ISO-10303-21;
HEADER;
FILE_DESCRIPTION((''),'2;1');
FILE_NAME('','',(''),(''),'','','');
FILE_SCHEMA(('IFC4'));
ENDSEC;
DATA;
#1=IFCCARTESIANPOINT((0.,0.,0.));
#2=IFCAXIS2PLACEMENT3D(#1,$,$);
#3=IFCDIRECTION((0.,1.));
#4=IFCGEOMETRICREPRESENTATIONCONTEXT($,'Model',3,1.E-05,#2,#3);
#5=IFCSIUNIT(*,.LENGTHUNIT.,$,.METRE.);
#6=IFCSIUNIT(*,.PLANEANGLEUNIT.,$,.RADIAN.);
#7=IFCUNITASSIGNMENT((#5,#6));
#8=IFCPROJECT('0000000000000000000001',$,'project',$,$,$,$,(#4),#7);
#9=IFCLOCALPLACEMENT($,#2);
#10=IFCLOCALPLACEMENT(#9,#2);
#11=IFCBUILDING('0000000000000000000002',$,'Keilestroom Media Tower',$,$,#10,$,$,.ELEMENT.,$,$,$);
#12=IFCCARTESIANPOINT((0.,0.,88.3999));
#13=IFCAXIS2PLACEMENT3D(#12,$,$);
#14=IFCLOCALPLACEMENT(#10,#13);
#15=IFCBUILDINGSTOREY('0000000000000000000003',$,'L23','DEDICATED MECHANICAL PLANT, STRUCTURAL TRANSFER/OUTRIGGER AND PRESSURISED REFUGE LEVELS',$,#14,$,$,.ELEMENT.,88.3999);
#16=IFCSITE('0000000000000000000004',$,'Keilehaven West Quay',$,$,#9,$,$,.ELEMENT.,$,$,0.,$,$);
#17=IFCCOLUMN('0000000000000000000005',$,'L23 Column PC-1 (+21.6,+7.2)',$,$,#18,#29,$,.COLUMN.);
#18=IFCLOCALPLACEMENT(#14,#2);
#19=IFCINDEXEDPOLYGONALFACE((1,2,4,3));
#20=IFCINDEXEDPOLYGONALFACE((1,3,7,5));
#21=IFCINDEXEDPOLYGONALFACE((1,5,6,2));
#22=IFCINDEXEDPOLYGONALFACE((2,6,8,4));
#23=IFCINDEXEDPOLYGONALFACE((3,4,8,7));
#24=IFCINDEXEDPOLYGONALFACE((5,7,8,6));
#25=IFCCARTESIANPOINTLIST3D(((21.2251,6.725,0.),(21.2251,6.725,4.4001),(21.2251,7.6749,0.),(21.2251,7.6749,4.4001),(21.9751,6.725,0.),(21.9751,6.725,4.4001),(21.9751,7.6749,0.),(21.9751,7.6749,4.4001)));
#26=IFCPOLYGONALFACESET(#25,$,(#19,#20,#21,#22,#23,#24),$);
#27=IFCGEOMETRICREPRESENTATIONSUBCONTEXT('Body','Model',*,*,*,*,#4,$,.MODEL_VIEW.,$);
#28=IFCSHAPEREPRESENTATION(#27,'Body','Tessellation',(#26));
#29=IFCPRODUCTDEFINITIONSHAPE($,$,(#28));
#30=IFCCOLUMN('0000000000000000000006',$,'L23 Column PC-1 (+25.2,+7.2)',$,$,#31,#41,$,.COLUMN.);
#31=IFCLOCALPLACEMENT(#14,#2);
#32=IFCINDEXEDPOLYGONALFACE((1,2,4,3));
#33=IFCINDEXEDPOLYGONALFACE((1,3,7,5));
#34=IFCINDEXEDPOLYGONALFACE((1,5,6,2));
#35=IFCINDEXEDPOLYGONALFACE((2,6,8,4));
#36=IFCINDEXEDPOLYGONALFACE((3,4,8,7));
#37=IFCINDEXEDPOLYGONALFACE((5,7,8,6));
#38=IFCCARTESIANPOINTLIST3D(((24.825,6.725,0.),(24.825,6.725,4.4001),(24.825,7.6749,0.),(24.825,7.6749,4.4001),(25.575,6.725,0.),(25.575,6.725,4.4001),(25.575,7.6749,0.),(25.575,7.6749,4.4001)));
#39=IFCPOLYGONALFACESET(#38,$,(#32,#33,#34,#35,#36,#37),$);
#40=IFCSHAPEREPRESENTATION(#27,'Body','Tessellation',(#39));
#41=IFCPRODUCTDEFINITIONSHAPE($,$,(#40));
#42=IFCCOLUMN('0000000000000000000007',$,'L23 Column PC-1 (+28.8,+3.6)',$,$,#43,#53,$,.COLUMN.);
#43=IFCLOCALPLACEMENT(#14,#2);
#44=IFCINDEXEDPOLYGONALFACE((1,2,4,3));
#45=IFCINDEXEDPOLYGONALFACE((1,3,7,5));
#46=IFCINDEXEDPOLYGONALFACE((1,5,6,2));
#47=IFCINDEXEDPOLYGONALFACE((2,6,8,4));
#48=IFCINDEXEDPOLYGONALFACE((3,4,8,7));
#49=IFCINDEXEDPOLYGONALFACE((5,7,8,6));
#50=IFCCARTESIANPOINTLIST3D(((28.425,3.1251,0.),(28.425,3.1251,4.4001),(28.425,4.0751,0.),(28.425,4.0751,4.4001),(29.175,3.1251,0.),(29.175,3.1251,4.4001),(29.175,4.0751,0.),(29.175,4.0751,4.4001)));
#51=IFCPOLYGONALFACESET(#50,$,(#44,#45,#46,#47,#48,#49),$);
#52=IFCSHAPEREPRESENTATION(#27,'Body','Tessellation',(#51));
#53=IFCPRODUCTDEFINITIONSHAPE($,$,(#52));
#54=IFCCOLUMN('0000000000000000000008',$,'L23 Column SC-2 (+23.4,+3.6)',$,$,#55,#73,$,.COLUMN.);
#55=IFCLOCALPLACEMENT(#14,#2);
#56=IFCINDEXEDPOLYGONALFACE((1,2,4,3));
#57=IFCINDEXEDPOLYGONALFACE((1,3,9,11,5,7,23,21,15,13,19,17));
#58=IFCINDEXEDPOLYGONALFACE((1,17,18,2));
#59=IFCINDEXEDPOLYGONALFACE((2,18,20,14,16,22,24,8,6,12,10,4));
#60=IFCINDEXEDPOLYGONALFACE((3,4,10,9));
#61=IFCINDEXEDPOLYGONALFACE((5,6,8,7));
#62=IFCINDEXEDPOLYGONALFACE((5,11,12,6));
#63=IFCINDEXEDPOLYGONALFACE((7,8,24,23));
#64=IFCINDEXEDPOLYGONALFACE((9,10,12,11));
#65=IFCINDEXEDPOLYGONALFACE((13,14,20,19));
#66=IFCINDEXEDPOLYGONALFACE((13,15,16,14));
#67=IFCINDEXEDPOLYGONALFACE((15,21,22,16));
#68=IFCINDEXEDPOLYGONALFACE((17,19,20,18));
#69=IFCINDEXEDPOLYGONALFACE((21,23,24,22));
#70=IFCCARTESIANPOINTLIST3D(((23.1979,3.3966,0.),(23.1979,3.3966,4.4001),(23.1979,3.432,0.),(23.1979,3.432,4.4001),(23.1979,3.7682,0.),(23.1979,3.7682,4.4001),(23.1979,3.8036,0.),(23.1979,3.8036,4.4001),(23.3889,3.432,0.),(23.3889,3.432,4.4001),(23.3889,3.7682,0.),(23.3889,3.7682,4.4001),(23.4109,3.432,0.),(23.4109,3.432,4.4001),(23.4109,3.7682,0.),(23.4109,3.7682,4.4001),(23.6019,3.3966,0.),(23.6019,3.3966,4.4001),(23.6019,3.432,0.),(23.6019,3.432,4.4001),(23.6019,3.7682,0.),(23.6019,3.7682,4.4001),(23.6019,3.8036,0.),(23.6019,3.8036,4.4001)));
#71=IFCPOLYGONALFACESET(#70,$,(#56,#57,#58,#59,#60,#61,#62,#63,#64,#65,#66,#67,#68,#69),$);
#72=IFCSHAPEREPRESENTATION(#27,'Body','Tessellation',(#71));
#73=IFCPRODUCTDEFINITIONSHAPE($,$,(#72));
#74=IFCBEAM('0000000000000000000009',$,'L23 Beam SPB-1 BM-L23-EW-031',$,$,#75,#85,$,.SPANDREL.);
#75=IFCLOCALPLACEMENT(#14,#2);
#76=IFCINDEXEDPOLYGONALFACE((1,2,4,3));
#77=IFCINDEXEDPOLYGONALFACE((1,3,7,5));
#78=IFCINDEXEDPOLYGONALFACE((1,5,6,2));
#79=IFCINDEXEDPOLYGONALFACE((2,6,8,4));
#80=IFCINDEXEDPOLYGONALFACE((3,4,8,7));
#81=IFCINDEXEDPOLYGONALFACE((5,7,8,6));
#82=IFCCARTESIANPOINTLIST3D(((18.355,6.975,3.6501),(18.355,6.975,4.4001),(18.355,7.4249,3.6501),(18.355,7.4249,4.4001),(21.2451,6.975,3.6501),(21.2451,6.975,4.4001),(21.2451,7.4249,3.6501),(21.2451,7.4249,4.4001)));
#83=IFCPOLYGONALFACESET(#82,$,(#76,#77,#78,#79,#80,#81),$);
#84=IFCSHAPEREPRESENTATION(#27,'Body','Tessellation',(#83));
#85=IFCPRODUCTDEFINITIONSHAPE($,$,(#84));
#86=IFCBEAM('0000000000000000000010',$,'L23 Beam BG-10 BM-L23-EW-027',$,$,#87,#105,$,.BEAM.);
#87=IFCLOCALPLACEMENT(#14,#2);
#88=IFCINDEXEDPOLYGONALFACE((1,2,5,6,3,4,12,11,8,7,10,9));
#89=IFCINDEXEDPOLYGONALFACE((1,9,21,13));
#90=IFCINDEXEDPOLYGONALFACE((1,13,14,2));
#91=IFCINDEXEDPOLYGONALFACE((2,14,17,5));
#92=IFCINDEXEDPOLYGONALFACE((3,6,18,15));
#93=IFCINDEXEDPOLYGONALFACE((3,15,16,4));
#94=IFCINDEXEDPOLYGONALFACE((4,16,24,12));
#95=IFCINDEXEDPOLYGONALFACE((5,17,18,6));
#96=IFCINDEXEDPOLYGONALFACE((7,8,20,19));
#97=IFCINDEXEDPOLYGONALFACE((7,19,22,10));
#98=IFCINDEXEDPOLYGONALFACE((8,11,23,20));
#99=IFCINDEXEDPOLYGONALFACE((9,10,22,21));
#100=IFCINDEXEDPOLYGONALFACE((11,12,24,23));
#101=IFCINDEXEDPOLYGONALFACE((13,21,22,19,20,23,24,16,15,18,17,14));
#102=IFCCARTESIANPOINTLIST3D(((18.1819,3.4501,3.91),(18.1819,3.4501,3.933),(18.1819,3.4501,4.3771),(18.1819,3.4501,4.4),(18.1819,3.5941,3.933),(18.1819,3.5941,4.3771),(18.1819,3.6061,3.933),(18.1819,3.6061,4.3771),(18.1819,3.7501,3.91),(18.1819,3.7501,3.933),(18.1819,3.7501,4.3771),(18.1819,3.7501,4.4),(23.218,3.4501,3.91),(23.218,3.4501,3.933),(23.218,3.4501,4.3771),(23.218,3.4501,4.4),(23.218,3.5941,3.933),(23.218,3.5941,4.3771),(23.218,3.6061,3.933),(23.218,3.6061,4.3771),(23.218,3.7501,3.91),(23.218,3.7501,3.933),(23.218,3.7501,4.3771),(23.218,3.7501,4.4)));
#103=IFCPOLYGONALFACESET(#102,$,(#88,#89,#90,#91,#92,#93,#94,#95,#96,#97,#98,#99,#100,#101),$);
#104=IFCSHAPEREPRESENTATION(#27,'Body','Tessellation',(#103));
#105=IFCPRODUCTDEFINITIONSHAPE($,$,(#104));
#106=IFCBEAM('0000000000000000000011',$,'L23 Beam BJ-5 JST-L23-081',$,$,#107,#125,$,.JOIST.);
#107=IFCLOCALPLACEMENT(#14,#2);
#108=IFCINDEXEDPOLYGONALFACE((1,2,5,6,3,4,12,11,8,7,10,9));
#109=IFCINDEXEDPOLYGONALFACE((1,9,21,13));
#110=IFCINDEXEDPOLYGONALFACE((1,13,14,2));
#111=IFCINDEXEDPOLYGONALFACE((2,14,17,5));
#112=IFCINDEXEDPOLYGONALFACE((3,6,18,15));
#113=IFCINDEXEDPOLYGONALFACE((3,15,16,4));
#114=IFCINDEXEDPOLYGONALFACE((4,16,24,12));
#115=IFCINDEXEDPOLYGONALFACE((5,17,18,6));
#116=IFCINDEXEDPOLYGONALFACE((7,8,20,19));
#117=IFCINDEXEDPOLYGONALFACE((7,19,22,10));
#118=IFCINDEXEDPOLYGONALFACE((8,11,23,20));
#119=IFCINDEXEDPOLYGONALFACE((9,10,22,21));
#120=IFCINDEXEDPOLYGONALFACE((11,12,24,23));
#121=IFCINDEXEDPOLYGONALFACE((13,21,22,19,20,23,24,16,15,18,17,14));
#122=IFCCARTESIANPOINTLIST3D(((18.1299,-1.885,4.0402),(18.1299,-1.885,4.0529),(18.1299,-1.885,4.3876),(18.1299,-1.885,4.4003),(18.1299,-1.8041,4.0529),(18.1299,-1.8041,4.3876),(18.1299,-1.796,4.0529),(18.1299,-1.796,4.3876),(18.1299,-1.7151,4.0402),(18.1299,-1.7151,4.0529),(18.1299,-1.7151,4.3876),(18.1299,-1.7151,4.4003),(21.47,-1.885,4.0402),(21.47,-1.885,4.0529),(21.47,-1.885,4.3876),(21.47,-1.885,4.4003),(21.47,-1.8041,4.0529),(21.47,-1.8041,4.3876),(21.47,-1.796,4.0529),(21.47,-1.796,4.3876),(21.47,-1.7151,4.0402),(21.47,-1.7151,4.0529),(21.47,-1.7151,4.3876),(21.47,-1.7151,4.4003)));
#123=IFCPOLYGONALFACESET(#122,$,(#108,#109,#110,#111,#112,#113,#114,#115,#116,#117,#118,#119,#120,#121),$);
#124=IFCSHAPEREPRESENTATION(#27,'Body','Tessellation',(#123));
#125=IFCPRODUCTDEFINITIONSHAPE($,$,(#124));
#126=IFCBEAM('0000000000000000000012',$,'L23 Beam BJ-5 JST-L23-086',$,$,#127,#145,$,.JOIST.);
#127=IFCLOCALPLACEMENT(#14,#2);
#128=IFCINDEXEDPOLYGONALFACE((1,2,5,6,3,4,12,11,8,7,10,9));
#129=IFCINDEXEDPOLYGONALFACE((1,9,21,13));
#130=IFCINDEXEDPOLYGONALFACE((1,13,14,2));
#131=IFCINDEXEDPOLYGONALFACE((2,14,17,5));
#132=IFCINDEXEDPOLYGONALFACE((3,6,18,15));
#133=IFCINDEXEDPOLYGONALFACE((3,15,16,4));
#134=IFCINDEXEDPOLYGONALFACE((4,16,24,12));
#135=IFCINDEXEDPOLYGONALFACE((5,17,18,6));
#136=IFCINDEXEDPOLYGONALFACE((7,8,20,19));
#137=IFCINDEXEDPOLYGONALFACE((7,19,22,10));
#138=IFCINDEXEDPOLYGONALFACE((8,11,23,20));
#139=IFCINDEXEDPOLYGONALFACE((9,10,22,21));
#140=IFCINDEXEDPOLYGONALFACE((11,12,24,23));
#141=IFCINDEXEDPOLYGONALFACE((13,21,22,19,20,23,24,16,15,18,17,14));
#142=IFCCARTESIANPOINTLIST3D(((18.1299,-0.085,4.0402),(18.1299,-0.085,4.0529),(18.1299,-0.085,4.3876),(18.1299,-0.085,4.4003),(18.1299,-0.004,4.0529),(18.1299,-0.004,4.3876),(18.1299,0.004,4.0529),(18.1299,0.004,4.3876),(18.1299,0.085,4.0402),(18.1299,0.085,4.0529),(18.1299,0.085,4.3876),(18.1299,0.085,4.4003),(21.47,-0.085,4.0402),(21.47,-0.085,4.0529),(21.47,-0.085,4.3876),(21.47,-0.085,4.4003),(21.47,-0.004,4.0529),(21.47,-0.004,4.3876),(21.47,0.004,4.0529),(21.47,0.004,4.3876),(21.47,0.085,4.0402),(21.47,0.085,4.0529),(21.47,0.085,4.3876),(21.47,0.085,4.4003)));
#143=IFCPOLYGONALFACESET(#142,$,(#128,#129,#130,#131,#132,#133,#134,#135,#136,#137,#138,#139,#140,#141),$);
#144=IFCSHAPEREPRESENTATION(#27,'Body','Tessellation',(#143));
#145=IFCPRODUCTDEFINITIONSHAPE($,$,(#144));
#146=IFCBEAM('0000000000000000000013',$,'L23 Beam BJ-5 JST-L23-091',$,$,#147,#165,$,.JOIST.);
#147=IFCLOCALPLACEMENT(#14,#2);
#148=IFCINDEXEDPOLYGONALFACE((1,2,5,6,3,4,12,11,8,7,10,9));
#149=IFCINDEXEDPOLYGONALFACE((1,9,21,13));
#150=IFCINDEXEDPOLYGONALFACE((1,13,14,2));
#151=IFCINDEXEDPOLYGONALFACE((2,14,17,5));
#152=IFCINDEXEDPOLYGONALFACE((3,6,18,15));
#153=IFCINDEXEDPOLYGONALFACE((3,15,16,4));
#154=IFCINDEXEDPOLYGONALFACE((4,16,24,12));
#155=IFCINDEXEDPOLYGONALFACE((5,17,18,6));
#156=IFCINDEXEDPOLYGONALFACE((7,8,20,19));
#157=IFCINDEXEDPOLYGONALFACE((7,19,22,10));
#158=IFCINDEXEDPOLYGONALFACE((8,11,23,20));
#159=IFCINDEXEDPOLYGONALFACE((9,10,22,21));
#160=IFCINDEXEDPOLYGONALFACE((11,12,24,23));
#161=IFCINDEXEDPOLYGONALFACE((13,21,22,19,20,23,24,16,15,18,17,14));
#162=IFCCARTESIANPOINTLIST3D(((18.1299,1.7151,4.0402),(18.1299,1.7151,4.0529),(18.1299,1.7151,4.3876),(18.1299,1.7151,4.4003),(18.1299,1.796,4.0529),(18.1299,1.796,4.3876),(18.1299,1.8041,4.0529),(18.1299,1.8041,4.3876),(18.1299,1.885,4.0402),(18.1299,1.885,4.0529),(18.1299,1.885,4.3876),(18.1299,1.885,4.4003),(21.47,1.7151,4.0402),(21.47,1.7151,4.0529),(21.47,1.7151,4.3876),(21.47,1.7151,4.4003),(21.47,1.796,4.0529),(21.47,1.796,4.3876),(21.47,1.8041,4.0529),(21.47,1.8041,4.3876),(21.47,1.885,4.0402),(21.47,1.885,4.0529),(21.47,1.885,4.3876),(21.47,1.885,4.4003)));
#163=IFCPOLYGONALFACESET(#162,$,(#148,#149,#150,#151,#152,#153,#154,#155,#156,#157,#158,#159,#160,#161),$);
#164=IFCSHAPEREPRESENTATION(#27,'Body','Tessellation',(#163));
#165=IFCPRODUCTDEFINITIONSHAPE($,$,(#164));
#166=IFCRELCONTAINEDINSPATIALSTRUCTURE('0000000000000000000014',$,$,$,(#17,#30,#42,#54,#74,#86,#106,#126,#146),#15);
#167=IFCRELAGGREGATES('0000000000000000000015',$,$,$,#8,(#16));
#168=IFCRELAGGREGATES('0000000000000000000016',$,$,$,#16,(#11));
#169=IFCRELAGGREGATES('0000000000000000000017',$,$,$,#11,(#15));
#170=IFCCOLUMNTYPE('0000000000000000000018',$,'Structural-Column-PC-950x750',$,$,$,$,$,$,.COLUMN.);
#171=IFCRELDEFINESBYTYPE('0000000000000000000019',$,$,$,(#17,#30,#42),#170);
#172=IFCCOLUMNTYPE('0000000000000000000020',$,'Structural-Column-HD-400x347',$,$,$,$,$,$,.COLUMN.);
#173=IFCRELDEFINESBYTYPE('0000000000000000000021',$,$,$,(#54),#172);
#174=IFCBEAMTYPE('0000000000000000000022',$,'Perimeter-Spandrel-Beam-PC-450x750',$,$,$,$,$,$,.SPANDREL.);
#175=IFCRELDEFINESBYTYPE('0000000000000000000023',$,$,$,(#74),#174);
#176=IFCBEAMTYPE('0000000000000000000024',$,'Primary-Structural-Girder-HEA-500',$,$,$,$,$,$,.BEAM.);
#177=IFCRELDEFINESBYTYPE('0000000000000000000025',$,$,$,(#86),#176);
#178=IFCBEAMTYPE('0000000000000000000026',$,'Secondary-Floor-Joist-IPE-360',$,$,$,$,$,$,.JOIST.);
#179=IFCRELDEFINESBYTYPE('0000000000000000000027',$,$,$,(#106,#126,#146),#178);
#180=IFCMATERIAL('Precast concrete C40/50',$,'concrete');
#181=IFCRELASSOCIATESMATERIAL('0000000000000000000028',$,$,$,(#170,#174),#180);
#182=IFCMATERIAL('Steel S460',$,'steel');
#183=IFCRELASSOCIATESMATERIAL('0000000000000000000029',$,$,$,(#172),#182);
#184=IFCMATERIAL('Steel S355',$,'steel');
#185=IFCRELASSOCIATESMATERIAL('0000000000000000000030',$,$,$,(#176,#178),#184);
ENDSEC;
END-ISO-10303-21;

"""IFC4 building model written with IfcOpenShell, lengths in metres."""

from ifc_helpers import new_model, si_unit, direction, frame, origin, origin_2d, place, context, subcontext, project, spatial, rectangle, i_section, extrude, source, transform, mapped, material, material_profile, profile_set, type_object, element, save


model = new_model("IFC4")

# Units and contexts
model_context = context("Model", 3, precision=1e-05, world=origin(), true_north=direction((0.0, 1.0)))
body_context = subcontext(model_context, "Body", "Model", "MODEL_VIEW")
ifc_project = project(units=[si_unit("LENGTHUNIT", "METRE"), si_unit("PLANEANGLEUNIT", "RADIAN")], contexts=[model_context])

# Site, building, storey
site_placement = place(None, origin())
site = spatial("IfcSite", under=ifc_project, at=site_placement, Name="Keilehaven West Quay", CompositionType="ELEMENT", RefElevation=0.0)
building_placement = place(site_placement, origin())
building = spatial("IfcBuilding", under=site, at=building_placement, Name="Keilestroom Media Tower", CompositionType="ELEMENT")
storey_placement = place(building_placement, frame((0.0, 0.0, 88.3999)))
storey = spatial("IfcBuildingStorey", under=building, at=storey_placement, Name="L23", Description="DEDICATED MECHANICAL PLANT, STRUCTURAL TRANSFER/OUTRIGGER AND PRESSURISED REFUGE LEVELS", CompositionType="ELEMENT", Elevation=88.3999)

# Columns
ifc_material_1 = material(Name="Precast concrete C40/50", Category="concrete")
ifc_material_profile_1 = material_profile(ifc_material_1, rectangle(XDim=0.75, YDim=0.95, at=origin_2d()), Name="PC 950x750")
ifc_profile_set_1 = profile_set([ifc_material_profile_1], Name="Precast concrete C40/50")
column_type_1 = type_object("IfcColumnType", Name="Structural-Column-PC-950x750", PredefinedType="COLUMN", material=ifc_profile_set_1)
shared_shape_1 = source(origin(), body_context, "Body", "SweptSolid", [
    extrude(rectangle(XDim=0.75, YDim=0.95, at=origin_2d()), origin(), (0.0, 0.0, 1.0), 4.4001),
])
for number, where, z_axis, x_axis, name in (
    (1, (21.6001, 7.2, 0.0), (0.0, 0.0, 1.0), (1.0, 0.0, 0.0), "L23 Column PC-1 (+21.6,+7.2)"),
    (2, (25.2, 7.2, 0.0), (0.0, 0.0, 1.0), (1.0, 0.0, 0.0), "L23 Column PC-1 (+25.2,+7.2)"),
    (3, (28.8, 3.6001, 0.0), (0.0, 0.0, 1.0), (1.0, 0.0, 0.0), "L23 Column PC-1 (+28.8,+3.6)"),
):
    element("IfcColumn", number, at=place(storey_placement, frame(where, z_axis=z_axis, x_axis=x_axis)), inside=storey, type_object=column_type_1, Name=name, PredefinedType="COLUMN", context=body_context, shape_type="MappedRepresentation", body=[
        mapped(shared_shape_1, transform((0.0, 0.0, 0.0), x_axis=(1.0, 0.0, 0.0), y_axis=(0.0, 1.0, 0.0), z_axis=(0.0, 0.0, 1.0), scale=1.0)),
    ])
ifc_material_2 = material(Name="Steel S460", Category="steel")
ifc_material_profile_2 = material_profile(ifc_material_2, i_section(OverallWidth=0.4041, OverallDepth=0.407, WebThickness=0.022, FlangeThickness=0.0354, at=origin_2d()), Name="HD 400x347")
ifc_profile_set_2 = profile_set([ifc_material_profile_2], Name="Steel S460")
column_type_2 = type_object("IfcColumnType", Name="Structural-Column-HD-400x347", PredefinedType="COLUMN", material=ifc_profile_set_2)
shared_shape_2 = source(origin(), body_context, "Body", "SweptSolid", [
    extrude(i_section(OverallWidth=0.4041, OverallDepth=0.407, WebThickness=0.022, FlangeThickness=0.0354, at=origin_2d()), origin(), (0.0, 0.0, 1.0), 4.4001),
])
column_placement = place(storey_placement, frame((23.3999, 3.6001, 0.0), z_axis=(0.0, 0.0, 1.0), x_axis=(1.0, 0.0, 0.0)))
element("IfcColumn", 4, at=column_placement, inside=storey, type_object=column_type_2, Name="L23 Column SC-2 (+23.4,+3.6)", PredefinedType="COLUMN", context=body_context, shape_type="MappedRepresentation", body=[
    mapped(shared_shape_2, transform((0.0, 0.0, 0.0), x_axis=(1.0, 0.0, 0.0), y_axis=(0.0, 1.0, 0.0), z_axis=(0.0, 0.0, 1.0), scale=1.0)),
])

# Beams
ifc_material_profile_3 = material_profile(ifc_material_1, rectangle(XDim=0.45, YDim=0.75, at=origin_2d()), Name="PC 450x750")
ifc_profile_set_3 = profile_set([ifc_material_profile_3], Name="Precast concrete C40/50")
beam_type_1 = type_object("IfcBeamType", Name="Perimeter-Spandrel-Beam-PC-450x750", PredefinedType="SPANDREL", material=ifc_profile_set_3)
shared_shape_3 = source(origin(), body_context, "Body", "SweptSolid", [
    extrude(rectangle(XDim=0.45, YDim=0.75, at=origin_2d()), origin(), (0.0, 0.0, 1.0), 2.8901),
])
beam_1_placement = place(storey_placement, frame((18.355, 7.2, 4.0251), z_axis=(1.0, 0.0, 0.0), x_axis=(0.0, 1.0, 0.0)))
element("IfcBeam", 5, at=beam_1_placement, inside=storey, type_object=beam_type_1, Name="L23 Beam SPB-1 BM-L23-EW-031", PredefinedType="SPANDREL", context=body_context, shape_type="MappedRepresentation", body=[
    mapped(shared_shape_3, transform((0.0, 0.0, 0.0), x_axis=(1.0, 0.0, 0.0), y_axis=(0.0, 1.0, 0.0), z_axis=(0.0, 0.0, 1.0), scale=1.0)),
])
ifc_material_3 = material(Name="Steel S355", Category="steel")
ifc_material_profile_4 = material_profile(ifc_material_3, i_section(OverallWidth=0.3, OverallDepth=0.49, WebThickness=0.012, FlangeThickness=0.0229, at=origin_2d()), Name="HEA 500")
ifc_profile_set_4 = profile_set([ifc_material_profile_4], Name="Steel S355")
beam_type_2 = type_object("IfcBeamType", Name="Primary-Structural-Girder-HEA-500", PredefinedType="BEAM", material=ifc_profile_set_4)
shared_shape_4 = source(origin(), body_context, "Body", "SweptSolid", [
    extrude(i_section(OverallWidth=0.3, OverallDepth=0.49, WebThickness=0.012, FlangeThickness=0.0229, at=origin_2d()), origin(), (0.0, 0.0, 1.0), 5.0361),
])
beam_2_placement = place(storey_placement, frame((18.1819, 3.6001, 4.155), z_axis=(1.0, 0.0, 0.0), x_axis=(0.0, 1.0, 0.0)))
element("IfcBeam", 6, at=beam_2_placement, inside=storey, type_object=beam_type_2, Name="L23 Beam BG-10 BM-L23-EW-027", PredefinedType="BEAM", context=body_context, shape_type="MappedRepresentation", body=[
    mapped(shared_shape_4, transform((0.0, 0.0, 0.0), x_axis=(1.0, 0.0, 0.0), y_axis=(0.0, 1.0, 0.0), z_axis=(0.0, 0.0, 1.0), scale=1.0)),
])
ifc_material_profile_5 = material_profile(ifc_material_3, i_section(OverallWidth=0.1699, OverallDepth=0.3601, WebThickness=0.0081, FlangeThickness=0.0127, at=origin_2d()), Name="IPE 360")
ifc_profile_set_5 = profile_set([ifc_material_profile_5], Name="Steel S355")
beam_type_3 = type_object("IfcBeamType", Name="Secondary-Floor-Joist-IPE-360", PredefinedType="JOIST", material=ifc_profile_set_5)
shared_shape_5 = source(origin(), body_context, "Body", "SweptSolid", [
    extrude(i_section(OverallWidth=0.1699, OverallDepth=0.3601, WebThickness=0.0081, FlangeThickness=0.0127, at=origin_2d()), origin(), (0.0, 0.0, 1.0), 3.3401),
])
for number, where, z_axis, x_axis, name in (
    (7, (18.1299, -1.8, 4.2202), (1.0, 0.0, 0.0), (0.0, 1.0, 0.0), "L23 Beam BJ-5 JST-L23-081"),
    (8, (18.1299, 0.0, 4.2202), (1.0, 0.0, 0.0), (0.0, 1.0, 0.0), "L23 Beam BJ-5 JST-L23-086"),
    (9, (18.1299, 1.8, 4.2202), (1.0, 0.0, 0.0), (0.0, 1.0, 0.0), "L23 Beam BJ-5 JST-L23-091"),
):
    element("IfcBeam", number, at=place(storey_placement, frame(where, z_axis=z_axis, x_axis=x_axis)), inside=storey, type_object=beam_type_3, Name=name, PredefinedType="JOIST", context=body_context, shape_type="MappedRepresentation", body=[
        mapped(shared_shape_5, transform((0.0, 0.0, 0.0), x_axis=(1.0, 0.0, 0.0), y_axis=(0.0, 1.0, 0.0), z_axis=(0.0, 0.0, 1.0), scale=1.0)),
    ])

save(model, "model.ifc")
